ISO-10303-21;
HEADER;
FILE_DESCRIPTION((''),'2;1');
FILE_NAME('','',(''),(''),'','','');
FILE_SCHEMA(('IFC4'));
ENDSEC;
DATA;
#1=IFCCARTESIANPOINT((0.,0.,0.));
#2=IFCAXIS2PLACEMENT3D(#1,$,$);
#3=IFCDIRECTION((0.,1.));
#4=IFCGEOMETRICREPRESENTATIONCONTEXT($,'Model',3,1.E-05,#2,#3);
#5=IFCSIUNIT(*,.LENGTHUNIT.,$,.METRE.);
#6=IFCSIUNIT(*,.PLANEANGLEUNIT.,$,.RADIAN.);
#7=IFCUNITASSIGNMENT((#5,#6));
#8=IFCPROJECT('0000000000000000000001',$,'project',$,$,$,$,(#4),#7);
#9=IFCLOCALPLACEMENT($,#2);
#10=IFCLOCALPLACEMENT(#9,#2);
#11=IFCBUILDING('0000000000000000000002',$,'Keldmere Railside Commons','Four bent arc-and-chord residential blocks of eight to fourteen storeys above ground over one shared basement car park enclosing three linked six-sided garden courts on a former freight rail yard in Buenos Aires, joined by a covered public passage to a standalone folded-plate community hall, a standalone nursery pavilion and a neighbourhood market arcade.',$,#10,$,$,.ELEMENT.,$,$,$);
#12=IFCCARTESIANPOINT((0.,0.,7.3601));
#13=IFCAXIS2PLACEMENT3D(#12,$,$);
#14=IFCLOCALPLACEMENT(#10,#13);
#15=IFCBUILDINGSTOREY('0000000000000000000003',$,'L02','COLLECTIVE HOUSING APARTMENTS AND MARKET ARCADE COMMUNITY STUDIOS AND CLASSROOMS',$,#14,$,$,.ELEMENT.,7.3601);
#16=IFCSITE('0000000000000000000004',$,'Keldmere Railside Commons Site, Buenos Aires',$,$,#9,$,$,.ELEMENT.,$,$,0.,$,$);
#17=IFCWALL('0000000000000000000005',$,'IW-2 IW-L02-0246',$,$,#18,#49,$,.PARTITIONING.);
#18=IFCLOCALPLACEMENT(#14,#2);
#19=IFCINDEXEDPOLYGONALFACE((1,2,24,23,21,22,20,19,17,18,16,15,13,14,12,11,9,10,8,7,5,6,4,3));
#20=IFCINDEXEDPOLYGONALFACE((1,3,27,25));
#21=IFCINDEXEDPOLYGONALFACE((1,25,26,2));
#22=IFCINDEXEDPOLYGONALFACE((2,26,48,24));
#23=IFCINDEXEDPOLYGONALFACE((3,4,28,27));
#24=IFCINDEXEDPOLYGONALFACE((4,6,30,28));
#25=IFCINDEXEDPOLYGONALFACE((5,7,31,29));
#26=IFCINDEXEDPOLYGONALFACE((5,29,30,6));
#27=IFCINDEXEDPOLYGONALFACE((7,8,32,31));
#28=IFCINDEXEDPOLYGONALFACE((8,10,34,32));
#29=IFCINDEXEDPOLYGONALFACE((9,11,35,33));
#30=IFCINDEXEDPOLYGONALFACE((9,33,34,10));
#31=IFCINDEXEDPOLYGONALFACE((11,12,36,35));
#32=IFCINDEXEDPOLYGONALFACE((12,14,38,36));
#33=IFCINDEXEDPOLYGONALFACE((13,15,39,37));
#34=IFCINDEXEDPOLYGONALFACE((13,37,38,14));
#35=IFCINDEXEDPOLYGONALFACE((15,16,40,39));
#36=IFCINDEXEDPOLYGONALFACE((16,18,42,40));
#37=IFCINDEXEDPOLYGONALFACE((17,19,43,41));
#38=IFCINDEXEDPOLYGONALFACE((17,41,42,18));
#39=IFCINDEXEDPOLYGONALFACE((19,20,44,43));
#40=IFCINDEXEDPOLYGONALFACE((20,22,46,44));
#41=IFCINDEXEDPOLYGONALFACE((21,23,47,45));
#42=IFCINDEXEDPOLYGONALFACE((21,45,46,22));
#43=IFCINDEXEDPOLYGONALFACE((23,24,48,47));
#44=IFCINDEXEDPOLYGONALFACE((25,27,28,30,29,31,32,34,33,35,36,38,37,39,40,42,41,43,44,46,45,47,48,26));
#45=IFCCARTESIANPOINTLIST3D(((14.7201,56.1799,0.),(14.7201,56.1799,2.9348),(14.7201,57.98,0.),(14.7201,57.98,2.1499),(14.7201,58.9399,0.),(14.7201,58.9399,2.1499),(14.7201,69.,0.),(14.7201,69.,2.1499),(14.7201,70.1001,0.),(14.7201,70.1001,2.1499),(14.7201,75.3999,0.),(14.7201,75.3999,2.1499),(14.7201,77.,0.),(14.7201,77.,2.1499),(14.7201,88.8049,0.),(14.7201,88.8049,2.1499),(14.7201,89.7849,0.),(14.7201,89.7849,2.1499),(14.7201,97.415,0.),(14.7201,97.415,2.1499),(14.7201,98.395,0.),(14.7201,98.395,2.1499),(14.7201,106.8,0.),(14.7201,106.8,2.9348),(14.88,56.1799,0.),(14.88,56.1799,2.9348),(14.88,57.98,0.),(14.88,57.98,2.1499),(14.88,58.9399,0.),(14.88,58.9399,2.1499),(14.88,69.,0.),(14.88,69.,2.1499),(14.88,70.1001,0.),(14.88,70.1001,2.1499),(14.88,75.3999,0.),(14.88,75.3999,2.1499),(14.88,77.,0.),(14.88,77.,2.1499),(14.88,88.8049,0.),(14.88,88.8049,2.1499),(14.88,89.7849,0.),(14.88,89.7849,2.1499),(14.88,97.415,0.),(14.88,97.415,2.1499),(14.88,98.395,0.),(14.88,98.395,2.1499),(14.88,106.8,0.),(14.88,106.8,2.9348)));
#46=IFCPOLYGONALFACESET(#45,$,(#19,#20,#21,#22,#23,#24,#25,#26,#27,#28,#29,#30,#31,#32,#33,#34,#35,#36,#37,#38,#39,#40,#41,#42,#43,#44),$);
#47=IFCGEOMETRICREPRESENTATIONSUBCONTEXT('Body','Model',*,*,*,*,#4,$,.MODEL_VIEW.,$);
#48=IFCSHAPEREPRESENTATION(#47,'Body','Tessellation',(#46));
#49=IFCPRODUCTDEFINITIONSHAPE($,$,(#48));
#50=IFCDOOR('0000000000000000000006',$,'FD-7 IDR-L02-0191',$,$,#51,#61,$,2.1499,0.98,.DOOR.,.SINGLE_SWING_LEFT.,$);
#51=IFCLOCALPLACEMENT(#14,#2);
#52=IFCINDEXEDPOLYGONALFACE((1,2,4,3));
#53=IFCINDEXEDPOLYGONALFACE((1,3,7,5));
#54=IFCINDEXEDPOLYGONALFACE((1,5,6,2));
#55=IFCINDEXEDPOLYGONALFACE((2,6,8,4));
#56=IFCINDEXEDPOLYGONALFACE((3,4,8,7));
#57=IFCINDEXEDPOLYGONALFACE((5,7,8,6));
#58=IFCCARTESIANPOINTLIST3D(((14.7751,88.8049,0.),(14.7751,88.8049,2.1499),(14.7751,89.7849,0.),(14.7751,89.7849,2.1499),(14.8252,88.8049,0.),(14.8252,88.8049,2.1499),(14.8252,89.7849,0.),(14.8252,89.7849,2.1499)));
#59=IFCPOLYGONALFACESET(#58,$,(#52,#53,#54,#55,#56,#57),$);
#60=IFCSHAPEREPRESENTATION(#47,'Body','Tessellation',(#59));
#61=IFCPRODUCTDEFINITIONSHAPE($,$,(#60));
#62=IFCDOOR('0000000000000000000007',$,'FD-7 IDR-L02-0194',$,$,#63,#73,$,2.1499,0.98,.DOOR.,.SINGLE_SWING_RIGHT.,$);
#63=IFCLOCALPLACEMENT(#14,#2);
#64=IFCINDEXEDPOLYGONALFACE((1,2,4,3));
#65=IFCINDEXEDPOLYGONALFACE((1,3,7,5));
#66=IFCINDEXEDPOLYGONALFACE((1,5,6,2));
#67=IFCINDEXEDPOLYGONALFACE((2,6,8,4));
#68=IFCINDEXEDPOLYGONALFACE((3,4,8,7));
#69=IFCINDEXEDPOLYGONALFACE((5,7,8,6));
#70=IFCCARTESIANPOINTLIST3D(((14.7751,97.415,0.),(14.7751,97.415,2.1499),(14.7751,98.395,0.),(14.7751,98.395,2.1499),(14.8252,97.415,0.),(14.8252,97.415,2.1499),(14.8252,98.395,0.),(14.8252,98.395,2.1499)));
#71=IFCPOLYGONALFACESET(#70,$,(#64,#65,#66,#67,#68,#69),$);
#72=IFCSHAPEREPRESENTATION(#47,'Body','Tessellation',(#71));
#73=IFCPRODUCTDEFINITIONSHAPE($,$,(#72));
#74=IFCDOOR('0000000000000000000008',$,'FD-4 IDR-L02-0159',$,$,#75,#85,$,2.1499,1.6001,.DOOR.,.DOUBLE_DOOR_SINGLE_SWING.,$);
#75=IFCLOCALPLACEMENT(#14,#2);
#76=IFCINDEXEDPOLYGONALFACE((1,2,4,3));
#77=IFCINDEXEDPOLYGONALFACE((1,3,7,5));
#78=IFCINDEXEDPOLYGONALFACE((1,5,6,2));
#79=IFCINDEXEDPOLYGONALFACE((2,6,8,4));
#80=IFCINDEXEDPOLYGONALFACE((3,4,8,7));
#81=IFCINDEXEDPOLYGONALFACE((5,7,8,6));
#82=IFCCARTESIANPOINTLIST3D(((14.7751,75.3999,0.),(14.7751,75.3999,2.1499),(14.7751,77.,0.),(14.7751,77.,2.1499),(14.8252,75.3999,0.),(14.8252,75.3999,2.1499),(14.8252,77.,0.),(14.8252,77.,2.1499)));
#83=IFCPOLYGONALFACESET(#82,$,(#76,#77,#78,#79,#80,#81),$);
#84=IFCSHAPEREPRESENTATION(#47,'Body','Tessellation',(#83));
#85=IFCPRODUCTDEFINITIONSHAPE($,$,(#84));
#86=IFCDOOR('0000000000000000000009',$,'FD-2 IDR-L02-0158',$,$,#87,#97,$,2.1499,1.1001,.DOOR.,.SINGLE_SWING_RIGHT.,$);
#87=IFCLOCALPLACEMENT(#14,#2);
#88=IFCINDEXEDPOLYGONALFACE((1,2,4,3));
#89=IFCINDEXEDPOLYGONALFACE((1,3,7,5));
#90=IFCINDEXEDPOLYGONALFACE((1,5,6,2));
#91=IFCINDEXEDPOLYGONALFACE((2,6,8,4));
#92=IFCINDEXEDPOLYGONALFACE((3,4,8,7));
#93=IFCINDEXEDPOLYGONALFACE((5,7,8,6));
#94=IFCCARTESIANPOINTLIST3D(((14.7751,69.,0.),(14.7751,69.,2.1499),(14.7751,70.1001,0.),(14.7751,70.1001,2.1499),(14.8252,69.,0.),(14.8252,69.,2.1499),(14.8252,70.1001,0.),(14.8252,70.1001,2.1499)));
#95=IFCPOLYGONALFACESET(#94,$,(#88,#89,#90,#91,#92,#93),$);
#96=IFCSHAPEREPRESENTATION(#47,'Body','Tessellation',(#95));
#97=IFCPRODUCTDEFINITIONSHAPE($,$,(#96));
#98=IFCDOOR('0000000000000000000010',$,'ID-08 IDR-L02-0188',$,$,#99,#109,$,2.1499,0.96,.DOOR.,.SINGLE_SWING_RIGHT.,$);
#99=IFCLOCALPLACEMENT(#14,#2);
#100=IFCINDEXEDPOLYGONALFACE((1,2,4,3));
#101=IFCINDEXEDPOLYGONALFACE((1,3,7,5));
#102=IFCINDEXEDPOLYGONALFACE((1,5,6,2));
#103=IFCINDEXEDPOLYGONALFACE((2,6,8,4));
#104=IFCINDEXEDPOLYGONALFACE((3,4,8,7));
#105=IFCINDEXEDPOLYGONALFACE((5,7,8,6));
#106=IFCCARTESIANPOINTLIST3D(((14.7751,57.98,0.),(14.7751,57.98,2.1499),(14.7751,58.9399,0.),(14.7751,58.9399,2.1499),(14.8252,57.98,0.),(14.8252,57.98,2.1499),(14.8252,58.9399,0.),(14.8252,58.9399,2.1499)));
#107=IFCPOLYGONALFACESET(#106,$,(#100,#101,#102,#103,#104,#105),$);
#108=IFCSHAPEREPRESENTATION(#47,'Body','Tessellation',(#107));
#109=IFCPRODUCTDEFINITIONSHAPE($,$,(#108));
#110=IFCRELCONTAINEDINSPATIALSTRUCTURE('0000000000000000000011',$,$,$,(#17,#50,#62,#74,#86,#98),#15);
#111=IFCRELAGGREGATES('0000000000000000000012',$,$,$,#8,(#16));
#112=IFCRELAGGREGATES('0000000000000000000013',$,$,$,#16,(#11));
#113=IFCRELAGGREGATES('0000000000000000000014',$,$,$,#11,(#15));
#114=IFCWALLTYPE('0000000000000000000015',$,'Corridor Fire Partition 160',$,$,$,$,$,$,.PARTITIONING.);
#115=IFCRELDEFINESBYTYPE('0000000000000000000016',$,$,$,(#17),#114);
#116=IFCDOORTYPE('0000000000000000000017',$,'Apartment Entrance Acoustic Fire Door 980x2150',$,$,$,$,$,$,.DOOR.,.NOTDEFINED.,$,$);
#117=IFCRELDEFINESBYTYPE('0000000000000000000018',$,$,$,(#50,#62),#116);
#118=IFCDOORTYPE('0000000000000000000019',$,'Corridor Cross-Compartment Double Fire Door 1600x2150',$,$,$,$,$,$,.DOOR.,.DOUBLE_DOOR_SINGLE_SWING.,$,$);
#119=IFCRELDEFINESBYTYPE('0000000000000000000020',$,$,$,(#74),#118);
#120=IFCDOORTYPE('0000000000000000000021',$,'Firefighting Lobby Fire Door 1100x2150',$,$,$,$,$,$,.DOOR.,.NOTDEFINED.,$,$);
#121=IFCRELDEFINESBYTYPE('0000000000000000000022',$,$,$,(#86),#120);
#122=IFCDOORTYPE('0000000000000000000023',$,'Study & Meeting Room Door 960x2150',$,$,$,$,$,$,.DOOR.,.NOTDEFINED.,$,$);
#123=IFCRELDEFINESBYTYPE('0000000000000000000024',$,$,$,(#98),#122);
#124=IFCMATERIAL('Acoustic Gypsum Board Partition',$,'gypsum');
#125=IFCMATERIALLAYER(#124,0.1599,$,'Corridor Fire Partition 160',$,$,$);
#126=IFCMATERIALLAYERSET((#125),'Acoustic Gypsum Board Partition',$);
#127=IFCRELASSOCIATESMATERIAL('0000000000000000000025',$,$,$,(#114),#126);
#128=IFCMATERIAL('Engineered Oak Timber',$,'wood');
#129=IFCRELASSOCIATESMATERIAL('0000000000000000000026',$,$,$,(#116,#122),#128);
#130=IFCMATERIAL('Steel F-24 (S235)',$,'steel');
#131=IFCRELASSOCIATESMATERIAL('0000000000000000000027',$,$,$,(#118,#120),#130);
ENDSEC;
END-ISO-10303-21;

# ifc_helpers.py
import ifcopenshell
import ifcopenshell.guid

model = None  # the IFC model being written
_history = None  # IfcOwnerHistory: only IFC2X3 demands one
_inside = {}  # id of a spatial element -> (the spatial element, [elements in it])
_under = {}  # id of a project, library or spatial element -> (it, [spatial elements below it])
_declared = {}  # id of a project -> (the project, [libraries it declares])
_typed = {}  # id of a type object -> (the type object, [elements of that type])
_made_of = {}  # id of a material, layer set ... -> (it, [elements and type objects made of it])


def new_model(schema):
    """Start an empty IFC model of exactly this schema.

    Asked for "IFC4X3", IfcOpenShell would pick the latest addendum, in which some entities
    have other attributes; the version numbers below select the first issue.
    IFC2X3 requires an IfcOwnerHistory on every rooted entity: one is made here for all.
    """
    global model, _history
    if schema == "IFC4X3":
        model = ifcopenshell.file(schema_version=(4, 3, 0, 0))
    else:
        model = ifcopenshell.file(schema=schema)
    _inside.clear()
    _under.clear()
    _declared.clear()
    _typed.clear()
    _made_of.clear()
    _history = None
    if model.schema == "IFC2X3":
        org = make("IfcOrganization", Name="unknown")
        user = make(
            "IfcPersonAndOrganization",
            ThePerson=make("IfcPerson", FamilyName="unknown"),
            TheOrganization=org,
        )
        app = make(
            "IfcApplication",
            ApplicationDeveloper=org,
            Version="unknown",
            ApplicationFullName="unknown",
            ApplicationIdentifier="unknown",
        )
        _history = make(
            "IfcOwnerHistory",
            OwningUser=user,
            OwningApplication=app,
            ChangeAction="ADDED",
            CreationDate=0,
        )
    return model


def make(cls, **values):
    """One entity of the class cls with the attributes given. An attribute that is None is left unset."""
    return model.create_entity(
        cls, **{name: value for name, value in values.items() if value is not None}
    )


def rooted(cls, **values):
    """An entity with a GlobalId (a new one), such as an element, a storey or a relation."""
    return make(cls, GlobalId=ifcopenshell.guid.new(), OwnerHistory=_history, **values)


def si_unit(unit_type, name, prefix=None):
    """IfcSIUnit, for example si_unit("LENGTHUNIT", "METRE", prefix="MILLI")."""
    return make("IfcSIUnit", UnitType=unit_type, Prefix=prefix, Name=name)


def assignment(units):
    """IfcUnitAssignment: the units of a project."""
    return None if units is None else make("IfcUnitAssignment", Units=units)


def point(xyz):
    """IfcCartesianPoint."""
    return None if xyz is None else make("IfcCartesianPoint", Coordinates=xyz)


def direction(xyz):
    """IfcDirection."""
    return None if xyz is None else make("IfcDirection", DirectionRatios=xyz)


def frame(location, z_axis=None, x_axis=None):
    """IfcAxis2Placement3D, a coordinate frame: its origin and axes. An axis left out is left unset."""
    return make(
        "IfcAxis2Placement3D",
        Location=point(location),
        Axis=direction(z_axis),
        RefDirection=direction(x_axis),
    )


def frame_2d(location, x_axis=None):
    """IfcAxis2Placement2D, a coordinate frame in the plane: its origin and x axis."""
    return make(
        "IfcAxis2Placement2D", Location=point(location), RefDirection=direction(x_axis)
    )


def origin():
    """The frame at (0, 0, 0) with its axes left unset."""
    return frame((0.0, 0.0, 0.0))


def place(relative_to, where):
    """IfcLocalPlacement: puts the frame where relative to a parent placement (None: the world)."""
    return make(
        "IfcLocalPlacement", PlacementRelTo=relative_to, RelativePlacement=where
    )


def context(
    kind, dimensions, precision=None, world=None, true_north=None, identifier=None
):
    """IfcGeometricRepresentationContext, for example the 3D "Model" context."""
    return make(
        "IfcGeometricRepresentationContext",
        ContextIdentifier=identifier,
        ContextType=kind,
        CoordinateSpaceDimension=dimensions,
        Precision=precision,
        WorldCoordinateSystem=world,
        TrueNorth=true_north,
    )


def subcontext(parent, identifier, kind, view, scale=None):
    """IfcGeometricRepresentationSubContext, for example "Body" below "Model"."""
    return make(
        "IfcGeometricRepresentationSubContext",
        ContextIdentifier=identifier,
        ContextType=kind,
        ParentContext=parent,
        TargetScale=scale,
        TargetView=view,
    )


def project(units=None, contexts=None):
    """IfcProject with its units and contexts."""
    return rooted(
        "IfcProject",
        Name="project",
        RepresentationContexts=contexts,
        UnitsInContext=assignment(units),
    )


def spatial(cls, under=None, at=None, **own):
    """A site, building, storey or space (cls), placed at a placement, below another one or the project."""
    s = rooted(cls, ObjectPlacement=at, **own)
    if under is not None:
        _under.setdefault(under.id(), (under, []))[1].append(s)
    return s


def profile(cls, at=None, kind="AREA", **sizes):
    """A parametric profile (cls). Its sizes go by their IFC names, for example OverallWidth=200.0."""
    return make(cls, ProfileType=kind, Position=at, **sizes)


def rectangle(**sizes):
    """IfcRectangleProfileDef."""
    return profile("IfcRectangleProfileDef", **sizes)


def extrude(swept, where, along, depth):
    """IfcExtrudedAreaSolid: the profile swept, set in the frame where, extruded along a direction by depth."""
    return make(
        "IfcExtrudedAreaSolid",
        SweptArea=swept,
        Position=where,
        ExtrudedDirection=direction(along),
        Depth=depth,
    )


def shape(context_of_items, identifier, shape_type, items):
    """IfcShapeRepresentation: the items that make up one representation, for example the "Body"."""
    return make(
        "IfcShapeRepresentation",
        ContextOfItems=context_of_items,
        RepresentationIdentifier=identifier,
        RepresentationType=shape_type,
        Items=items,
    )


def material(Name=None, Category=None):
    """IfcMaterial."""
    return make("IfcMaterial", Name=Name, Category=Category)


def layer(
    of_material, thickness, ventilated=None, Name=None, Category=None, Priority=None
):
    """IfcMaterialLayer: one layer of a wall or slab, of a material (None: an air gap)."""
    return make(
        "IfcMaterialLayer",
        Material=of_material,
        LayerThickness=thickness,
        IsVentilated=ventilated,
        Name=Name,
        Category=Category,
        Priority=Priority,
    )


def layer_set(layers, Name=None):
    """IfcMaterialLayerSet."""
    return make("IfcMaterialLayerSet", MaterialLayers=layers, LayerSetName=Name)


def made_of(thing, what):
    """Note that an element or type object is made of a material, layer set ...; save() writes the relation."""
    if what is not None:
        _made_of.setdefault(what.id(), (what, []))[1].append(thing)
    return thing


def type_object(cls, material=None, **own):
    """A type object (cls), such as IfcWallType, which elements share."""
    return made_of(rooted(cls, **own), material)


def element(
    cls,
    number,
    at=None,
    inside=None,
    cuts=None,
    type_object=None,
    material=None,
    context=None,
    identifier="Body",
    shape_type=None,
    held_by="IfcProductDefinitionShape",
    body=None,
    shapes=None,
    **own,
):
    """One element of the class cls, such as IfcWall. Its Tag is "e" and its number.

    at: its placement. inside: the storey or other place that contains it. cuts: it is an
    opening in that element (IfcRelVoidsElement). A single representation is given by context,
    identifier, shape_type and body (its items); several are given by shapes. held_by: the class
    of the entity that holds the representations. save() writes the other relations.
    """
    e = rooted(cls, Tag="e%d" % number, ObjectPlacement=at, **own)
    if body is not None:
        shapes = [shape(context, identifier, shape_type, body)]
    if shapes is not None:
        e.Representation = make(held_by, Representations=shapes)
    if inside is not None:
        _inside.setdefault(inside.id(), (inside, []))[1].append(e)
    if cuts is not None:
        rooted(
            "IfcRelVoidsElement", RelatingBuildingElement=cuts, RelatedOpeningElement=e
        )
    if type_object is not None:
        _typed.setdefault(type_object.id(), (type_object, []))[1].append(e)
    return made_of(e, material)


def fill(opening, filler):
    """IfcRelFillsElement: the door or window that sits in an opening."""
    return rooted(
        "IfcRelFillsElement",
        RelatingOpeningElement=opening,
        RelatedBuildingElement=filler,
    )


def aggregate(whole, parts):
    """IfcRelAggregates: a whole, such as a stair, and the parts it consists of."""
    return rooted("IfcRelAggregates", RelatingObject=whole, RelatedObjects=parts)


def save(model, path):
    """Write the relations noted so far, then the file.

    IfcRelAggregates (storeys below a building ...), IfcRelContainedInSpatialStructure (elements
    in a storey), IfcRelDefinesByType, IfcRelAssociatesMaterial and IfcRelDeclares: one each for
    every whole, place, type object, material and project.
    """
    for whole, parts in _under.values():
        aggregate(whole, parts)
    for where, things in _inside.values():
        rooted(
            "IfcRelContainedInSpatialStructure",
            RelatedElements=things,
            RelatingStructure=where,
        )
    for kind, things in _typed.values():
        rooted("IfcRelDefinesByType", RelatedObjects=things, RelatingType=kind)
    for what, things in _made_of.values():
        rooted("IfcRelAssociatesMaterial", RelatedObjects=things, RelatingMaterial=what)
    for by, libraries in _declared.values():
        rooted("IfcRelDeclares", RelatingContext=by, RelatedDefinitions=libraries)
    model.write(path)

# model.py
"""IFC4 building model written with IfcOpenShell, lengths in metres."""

from ifc_helpers import new_model, si_unit, direction, frame, frame_2d, origin, place, context, subcontext, project, spatial, rectangle, extrude, material, layer, layer_set, type_object, element, fill, save


model = new_model("IFC4")

# Units and contexts
model_context = context("Model", 3, precision=1e-05, world=origin(), true_north=direction((0.0, 1.0)))
body_context = subcontext(model_context, "Body", "Model", "MODEL_VIEW")
ifc_project = project(units=[si_unit("LENGTHUNIT", "METRE"), si_unit("PLANEANGLEUNIT", "RADIAN")], contexts=[model_context])

# Site, building, storey
site_placement = place(None, origin())
site = spatial("IfcSite", under=ifc_project, at=site_placement, Name="Keldmere Railside Commons Site, Buenos Aires", CompositionType="ELEMENT", RefElevation=0.0)
building_placement = place(site_placement, origin())
building = spatial("IfcBuilding", under=site, at=building_placement, Name="Keldmere Railside Commons", Description="Four bent arc-and-chord residential blocks of eight to fourteen storeys above ground over one shared basement car park enclosing three linked six-sided garden courts on a former freight rail yard in Buenos Aires, joined by a covered public passage to a standalone folded-plate community hall, a standalone nursery pavilion and a neighbourhood market arcade.", CompositionType="ELEMENT")
storey_placement = place(building_placement, frame((0.0, 0.0, 7.3601)))
storey = spatial("IfcBuildingStorey", under=building, at=storey_placement, Name="L02", Description="COLLECTIVE HOUSING APARTMENTS AND MARKET ARCADE COMMUNITY STUDIOS AND CLASSROOMS", CompositionType="ELEMENT", Elevation=7.3601)

# Wall, openings, doors
ifc_material_1 = material(Name="Acoustic Gypsum Board Partition", Category="gypsum")
ifc_material_2 = material(Name="Engineered Oak Timber", Category="wood")
ifc_layer_1 = layer(ifc_material_1, 0.1599, Name="Corridor Fire Partition 160")
ifc_layer_set_1 = layer_set([ifc_layer_1], Name="Acoustic Gypsum Board Partition")
wall_type_1 = type_object("IfcWallType", Name="Corridor Fire Partition 160", PredefinedType="PARTITIONING", material=ifc_layer_set_1)
wall_1_placement = place(storey_placement, frame((14.8, 56.1799, 0.0), z_axis=(0.0, 0.0, 1.0), x_axis=(0.0, 1.0, 0.0)))
wall_1 = element("IfcWall", 1, at=wall_1_placement, inside=storey, type_object=wall_type_1, Name="IW-2 IW-L02-0246", PredefinedType="PARTITIONING", context=body_context, shape_type="SweptSolid", body=[
    extrude(rectangle(XDim=50.6201, YDim=0.1599, at=frame_2d((25.3101, 0.0))), origin(), (0.0, 0.0, 1.0), 2.9348),
])
opening_1_placement = place(wall_1_placement, frame((12.8201, 0.0, 0.0)))
opening_1 = element("IfcOpeningElement", 2, at=opening_1_placement, cuts=wall_1, PredefinedType="OPENING", context=body_context, shape_type="SweptSolid", body=[
    extrude(rectangle(XDim=1.1001, YDim=2.1499, at=frame_2d((0.55, 1.075))), frame((0.0, 0.0898, 0.0), z_axis=(0.0, -1.0, 0.0), x_axis=(1.0, 0.0, 0.0)), (0.0, 0.0, 1.0), 0.1799),
])
opening_2_placement = place(wall_1_placement, frame((19.22, 0.0, 0.0)))
opening_2 = element("IfcOpeningElement", 3, at=opening_2_placement, cuts=wall_1, PredefinedType="OPENING", context=body_context, shape_type="SweptSolid", body=[
    extrude(rectangle(XDim=1.6001, YDim=2.1499, at=frame_2d((0.8, 1.075))), frame((0.0, 0.0898, 0.0), z_axis=(0.0, -1.0, 0.0), x_axis=(1.0, 0.0, 0.0)), (0.0, 0.0, 1.0), 0.1799),
])
opening_3_placement = place(wall_1_placement, frame((1.8, 0.0, 0.0)))
opening_3 = element("IfcOpeningElement", 4, at=opening_3_placement, cuts=wall_1, PredefinedType="OPENING", context=body_context, shape_type="SweptSolid", body=[
    extrude(rectangle(XDim=0.96, YDim=2.1499, at=frame_2d((0.48, 1.075))), frame((0.0, 0.0898, 0.0), z_axis=(0.0, -1.0, 0.0), x_axis=(1.0, 0.0, 0.0)), (0.0, 0.0, 1.0), 0.1799),
])
opening_4_placement = place(wall_1_placement, frame((32.625, 0.0, 0.0)))
opening_4 = element("IfcOpeningElement", 5, at=opening_4_placement, cuts=wall_1, PredefinedType="OPENING", context=body_context, shape_type="SweptSolid", body=[
    extrude(rectangle(XDim=0.98, YDim=2.1499, at=frame_2d((0.49, 1.075))), frame((0.0, 0.0898, 0.0), z_axis=(0.0, -1.0, 0.0), x_axis=(1.0, 0.0, 0.0)), (0.0, 0.0, 1.0), 0.1799),
])
opening_5_placement = place(wall_1_placement, frame((41.2351, 0.0, 0.0)))
opening_5 = element("IfcOpeningElement", 6, at=opening_5_placement, cuts=wall_1, PredefinedType="OPENING", context=body_context, shape_type="SweptSolid", body=[
    extrude(rectangle(XDim=0.98, YDim=2.1499, at=frame_2d((0.49, 1.075))), frame((0.0, 0.0898, 0.0), z_axis=(0.0, -1.0, 0.0), x_axis=(1.0, 0.0, 0.0)), (0.0, 0.0, 1.0), 0.1799),
])
door_type_1 = type_object("IfcDoorType", Name="Apartment Entrance Acoustic Fire Door 980x2150", OperationType="NOTDEFINED", PredefinedType="DOOR", material=ifc_material_2)
door_1_placement = place(opening_4_placement, origin())
door_1 = element("IfcDoor", 7, at=door_1_placement, inside=storey, type_object=door_type_1, Name="FD-7 IDR-L02-0191", OperationType="SINGLE_SWING_LEFT", OverallHeight=2.1499, OverallWidth=0.98, PredefinedType="DOOR", context=body_context, shape_type="SweptSolid", body=[
    extrude(rectangle(XDim=0.98, YDim=2.1499, at=frame_2d((0.49, 1.075))), frame((0.0, 0.0249, 0.0), z_axis=(0.0, -1.0, 0.0), x_axis=(1.0, 0.0, 0.0)), (0.0, 0.0, 1.0), 0.05),
])
fill(opening_4, door_1)
door_2_placement = place(opening_5_placement, origin())
door_2 = element("IfcDoor", 8, at=door_2_placement, inside=storey, type_object=door_type_1, Name="FD-7 IDR-L02-0194", OperationType="SINGLE_SWING_RIGHT", OverallHeight=2.1499, OverallWidth=0.98, PredefinedType="DOOR", context=body_context, shape_type="SweptSolid", body=[
    extrude(rectangle(XDim=0.98, YDim=2.1499, at=frame_2d((0.49, 1.075))), frame((0.0, 0.0249, 0.0), z_axis=(0.0, -1.0, 0.0), x_axis=(1.0, 0.0, 0.0)), (0.0, 0.0, 1.0), 0.05),
])
fill(opening_5, door_2)
ifc_material_3 = material(Name="Steel F-24 (S235)", Category="steel")
door_type_2 = type_object("IfcDoorType", Name="Corridor Cross-Compartment Double Fire Door 1600x2150", OperationType="DOUBLE_DOOR_SINGLE_SWING", PredefinedType="DOOR", material=ifc_material_3)
door_3_placement = place(opening_2_placement, origin())
door_3 = element("IfcDoor", 9, at=door_3_placement, inside=storey, type_object=door_type_2, Name="FD-4 IDR-L02-0159", OperationType="DOUBLE_DOOR_SINGLE_SWING", OverallHeight=2.1499, OverallWidth=1.6001, PredefinedType="DOOR", context=body_context, shape_type="SweptSolid", body=[
    extrude(rectangle(XDim=1.6001, YDim=2.1499, at=frame_2d((0.8, 1.075))), frame((0.0, 0.0249, 0.0), z_axis=(0.0, -1.0, 0.0), x_axis=(1.0, 0.0, 0.0)), (0.0, 0.0, 1.0), 0.05),
])
fill(opening_2, door_3)
door_type_3 = type_object("IfcDoorType", Name="Firefighting Lobby Fire Door 1100x2150", OperationType="NOTDEFINED", PredefinedType="DOOR", material=ifc_material_3)
door_4_placement = place(opening_1_placement, origin())
door_4 = element("IfcDoor", 10, at=door_4_placement, inside=storey, type_object=door_type_3, Name="FD-2 IDR-L02-0158", OperationType="SINGLE_SWING_RIGHT", OverallHeight=2.1499, OverallWidth=1.1001, PredefinedType="DOOR", context=body_context, shape_type="SweptSolid", body=[
    extrude(rectangle(XDim=1.1001, YDim=2.1499, at=frame_2d((0.55, 1.075))), frame((0.0, 0.0249, 0.0), z_axis=(0.0, -1.0, 0.0), x_axis=(1.0, 0.0, 0.0)), (0.0, 0.0, 1.0), 0.05),
])
fill(opening_1, door_4)
door_type_4 = type_object("IfcDoorType", Name="Study & Meeting Room Door 960x2150", OperationType="NOTDEFINED", PredefinedType="DOOR", material=ifc_material_2)
door_5_placement = place(opening_3_placement, origin())
door_5 = element("IfcDoor", 11, at=door_5_placement, inside=storey, type_object=door_type_4, Name="ID-08 IDR-L02-0188", OperationType="SINGLE_SWING_RIGHT", OverallHeight=2.1499, OverallWidth=0.96, PredefinedType="DOOR", context=body_context, shape_type="SweptSolid", body=[
    extrude(rectangle(XDim=0.96, YDim=2.1499, at=frame_2d((0.48, 1.075))), frame((0.0, 0.0249, 0.0), z_axis=(0.0, -1.0, 0.0), x_axis=(1.0, 0.0, 0.0)), (0.0, 0.0, 1.0), 0.05),
])
fill(opening_3, door_5)

save(model, "model.ifc")
